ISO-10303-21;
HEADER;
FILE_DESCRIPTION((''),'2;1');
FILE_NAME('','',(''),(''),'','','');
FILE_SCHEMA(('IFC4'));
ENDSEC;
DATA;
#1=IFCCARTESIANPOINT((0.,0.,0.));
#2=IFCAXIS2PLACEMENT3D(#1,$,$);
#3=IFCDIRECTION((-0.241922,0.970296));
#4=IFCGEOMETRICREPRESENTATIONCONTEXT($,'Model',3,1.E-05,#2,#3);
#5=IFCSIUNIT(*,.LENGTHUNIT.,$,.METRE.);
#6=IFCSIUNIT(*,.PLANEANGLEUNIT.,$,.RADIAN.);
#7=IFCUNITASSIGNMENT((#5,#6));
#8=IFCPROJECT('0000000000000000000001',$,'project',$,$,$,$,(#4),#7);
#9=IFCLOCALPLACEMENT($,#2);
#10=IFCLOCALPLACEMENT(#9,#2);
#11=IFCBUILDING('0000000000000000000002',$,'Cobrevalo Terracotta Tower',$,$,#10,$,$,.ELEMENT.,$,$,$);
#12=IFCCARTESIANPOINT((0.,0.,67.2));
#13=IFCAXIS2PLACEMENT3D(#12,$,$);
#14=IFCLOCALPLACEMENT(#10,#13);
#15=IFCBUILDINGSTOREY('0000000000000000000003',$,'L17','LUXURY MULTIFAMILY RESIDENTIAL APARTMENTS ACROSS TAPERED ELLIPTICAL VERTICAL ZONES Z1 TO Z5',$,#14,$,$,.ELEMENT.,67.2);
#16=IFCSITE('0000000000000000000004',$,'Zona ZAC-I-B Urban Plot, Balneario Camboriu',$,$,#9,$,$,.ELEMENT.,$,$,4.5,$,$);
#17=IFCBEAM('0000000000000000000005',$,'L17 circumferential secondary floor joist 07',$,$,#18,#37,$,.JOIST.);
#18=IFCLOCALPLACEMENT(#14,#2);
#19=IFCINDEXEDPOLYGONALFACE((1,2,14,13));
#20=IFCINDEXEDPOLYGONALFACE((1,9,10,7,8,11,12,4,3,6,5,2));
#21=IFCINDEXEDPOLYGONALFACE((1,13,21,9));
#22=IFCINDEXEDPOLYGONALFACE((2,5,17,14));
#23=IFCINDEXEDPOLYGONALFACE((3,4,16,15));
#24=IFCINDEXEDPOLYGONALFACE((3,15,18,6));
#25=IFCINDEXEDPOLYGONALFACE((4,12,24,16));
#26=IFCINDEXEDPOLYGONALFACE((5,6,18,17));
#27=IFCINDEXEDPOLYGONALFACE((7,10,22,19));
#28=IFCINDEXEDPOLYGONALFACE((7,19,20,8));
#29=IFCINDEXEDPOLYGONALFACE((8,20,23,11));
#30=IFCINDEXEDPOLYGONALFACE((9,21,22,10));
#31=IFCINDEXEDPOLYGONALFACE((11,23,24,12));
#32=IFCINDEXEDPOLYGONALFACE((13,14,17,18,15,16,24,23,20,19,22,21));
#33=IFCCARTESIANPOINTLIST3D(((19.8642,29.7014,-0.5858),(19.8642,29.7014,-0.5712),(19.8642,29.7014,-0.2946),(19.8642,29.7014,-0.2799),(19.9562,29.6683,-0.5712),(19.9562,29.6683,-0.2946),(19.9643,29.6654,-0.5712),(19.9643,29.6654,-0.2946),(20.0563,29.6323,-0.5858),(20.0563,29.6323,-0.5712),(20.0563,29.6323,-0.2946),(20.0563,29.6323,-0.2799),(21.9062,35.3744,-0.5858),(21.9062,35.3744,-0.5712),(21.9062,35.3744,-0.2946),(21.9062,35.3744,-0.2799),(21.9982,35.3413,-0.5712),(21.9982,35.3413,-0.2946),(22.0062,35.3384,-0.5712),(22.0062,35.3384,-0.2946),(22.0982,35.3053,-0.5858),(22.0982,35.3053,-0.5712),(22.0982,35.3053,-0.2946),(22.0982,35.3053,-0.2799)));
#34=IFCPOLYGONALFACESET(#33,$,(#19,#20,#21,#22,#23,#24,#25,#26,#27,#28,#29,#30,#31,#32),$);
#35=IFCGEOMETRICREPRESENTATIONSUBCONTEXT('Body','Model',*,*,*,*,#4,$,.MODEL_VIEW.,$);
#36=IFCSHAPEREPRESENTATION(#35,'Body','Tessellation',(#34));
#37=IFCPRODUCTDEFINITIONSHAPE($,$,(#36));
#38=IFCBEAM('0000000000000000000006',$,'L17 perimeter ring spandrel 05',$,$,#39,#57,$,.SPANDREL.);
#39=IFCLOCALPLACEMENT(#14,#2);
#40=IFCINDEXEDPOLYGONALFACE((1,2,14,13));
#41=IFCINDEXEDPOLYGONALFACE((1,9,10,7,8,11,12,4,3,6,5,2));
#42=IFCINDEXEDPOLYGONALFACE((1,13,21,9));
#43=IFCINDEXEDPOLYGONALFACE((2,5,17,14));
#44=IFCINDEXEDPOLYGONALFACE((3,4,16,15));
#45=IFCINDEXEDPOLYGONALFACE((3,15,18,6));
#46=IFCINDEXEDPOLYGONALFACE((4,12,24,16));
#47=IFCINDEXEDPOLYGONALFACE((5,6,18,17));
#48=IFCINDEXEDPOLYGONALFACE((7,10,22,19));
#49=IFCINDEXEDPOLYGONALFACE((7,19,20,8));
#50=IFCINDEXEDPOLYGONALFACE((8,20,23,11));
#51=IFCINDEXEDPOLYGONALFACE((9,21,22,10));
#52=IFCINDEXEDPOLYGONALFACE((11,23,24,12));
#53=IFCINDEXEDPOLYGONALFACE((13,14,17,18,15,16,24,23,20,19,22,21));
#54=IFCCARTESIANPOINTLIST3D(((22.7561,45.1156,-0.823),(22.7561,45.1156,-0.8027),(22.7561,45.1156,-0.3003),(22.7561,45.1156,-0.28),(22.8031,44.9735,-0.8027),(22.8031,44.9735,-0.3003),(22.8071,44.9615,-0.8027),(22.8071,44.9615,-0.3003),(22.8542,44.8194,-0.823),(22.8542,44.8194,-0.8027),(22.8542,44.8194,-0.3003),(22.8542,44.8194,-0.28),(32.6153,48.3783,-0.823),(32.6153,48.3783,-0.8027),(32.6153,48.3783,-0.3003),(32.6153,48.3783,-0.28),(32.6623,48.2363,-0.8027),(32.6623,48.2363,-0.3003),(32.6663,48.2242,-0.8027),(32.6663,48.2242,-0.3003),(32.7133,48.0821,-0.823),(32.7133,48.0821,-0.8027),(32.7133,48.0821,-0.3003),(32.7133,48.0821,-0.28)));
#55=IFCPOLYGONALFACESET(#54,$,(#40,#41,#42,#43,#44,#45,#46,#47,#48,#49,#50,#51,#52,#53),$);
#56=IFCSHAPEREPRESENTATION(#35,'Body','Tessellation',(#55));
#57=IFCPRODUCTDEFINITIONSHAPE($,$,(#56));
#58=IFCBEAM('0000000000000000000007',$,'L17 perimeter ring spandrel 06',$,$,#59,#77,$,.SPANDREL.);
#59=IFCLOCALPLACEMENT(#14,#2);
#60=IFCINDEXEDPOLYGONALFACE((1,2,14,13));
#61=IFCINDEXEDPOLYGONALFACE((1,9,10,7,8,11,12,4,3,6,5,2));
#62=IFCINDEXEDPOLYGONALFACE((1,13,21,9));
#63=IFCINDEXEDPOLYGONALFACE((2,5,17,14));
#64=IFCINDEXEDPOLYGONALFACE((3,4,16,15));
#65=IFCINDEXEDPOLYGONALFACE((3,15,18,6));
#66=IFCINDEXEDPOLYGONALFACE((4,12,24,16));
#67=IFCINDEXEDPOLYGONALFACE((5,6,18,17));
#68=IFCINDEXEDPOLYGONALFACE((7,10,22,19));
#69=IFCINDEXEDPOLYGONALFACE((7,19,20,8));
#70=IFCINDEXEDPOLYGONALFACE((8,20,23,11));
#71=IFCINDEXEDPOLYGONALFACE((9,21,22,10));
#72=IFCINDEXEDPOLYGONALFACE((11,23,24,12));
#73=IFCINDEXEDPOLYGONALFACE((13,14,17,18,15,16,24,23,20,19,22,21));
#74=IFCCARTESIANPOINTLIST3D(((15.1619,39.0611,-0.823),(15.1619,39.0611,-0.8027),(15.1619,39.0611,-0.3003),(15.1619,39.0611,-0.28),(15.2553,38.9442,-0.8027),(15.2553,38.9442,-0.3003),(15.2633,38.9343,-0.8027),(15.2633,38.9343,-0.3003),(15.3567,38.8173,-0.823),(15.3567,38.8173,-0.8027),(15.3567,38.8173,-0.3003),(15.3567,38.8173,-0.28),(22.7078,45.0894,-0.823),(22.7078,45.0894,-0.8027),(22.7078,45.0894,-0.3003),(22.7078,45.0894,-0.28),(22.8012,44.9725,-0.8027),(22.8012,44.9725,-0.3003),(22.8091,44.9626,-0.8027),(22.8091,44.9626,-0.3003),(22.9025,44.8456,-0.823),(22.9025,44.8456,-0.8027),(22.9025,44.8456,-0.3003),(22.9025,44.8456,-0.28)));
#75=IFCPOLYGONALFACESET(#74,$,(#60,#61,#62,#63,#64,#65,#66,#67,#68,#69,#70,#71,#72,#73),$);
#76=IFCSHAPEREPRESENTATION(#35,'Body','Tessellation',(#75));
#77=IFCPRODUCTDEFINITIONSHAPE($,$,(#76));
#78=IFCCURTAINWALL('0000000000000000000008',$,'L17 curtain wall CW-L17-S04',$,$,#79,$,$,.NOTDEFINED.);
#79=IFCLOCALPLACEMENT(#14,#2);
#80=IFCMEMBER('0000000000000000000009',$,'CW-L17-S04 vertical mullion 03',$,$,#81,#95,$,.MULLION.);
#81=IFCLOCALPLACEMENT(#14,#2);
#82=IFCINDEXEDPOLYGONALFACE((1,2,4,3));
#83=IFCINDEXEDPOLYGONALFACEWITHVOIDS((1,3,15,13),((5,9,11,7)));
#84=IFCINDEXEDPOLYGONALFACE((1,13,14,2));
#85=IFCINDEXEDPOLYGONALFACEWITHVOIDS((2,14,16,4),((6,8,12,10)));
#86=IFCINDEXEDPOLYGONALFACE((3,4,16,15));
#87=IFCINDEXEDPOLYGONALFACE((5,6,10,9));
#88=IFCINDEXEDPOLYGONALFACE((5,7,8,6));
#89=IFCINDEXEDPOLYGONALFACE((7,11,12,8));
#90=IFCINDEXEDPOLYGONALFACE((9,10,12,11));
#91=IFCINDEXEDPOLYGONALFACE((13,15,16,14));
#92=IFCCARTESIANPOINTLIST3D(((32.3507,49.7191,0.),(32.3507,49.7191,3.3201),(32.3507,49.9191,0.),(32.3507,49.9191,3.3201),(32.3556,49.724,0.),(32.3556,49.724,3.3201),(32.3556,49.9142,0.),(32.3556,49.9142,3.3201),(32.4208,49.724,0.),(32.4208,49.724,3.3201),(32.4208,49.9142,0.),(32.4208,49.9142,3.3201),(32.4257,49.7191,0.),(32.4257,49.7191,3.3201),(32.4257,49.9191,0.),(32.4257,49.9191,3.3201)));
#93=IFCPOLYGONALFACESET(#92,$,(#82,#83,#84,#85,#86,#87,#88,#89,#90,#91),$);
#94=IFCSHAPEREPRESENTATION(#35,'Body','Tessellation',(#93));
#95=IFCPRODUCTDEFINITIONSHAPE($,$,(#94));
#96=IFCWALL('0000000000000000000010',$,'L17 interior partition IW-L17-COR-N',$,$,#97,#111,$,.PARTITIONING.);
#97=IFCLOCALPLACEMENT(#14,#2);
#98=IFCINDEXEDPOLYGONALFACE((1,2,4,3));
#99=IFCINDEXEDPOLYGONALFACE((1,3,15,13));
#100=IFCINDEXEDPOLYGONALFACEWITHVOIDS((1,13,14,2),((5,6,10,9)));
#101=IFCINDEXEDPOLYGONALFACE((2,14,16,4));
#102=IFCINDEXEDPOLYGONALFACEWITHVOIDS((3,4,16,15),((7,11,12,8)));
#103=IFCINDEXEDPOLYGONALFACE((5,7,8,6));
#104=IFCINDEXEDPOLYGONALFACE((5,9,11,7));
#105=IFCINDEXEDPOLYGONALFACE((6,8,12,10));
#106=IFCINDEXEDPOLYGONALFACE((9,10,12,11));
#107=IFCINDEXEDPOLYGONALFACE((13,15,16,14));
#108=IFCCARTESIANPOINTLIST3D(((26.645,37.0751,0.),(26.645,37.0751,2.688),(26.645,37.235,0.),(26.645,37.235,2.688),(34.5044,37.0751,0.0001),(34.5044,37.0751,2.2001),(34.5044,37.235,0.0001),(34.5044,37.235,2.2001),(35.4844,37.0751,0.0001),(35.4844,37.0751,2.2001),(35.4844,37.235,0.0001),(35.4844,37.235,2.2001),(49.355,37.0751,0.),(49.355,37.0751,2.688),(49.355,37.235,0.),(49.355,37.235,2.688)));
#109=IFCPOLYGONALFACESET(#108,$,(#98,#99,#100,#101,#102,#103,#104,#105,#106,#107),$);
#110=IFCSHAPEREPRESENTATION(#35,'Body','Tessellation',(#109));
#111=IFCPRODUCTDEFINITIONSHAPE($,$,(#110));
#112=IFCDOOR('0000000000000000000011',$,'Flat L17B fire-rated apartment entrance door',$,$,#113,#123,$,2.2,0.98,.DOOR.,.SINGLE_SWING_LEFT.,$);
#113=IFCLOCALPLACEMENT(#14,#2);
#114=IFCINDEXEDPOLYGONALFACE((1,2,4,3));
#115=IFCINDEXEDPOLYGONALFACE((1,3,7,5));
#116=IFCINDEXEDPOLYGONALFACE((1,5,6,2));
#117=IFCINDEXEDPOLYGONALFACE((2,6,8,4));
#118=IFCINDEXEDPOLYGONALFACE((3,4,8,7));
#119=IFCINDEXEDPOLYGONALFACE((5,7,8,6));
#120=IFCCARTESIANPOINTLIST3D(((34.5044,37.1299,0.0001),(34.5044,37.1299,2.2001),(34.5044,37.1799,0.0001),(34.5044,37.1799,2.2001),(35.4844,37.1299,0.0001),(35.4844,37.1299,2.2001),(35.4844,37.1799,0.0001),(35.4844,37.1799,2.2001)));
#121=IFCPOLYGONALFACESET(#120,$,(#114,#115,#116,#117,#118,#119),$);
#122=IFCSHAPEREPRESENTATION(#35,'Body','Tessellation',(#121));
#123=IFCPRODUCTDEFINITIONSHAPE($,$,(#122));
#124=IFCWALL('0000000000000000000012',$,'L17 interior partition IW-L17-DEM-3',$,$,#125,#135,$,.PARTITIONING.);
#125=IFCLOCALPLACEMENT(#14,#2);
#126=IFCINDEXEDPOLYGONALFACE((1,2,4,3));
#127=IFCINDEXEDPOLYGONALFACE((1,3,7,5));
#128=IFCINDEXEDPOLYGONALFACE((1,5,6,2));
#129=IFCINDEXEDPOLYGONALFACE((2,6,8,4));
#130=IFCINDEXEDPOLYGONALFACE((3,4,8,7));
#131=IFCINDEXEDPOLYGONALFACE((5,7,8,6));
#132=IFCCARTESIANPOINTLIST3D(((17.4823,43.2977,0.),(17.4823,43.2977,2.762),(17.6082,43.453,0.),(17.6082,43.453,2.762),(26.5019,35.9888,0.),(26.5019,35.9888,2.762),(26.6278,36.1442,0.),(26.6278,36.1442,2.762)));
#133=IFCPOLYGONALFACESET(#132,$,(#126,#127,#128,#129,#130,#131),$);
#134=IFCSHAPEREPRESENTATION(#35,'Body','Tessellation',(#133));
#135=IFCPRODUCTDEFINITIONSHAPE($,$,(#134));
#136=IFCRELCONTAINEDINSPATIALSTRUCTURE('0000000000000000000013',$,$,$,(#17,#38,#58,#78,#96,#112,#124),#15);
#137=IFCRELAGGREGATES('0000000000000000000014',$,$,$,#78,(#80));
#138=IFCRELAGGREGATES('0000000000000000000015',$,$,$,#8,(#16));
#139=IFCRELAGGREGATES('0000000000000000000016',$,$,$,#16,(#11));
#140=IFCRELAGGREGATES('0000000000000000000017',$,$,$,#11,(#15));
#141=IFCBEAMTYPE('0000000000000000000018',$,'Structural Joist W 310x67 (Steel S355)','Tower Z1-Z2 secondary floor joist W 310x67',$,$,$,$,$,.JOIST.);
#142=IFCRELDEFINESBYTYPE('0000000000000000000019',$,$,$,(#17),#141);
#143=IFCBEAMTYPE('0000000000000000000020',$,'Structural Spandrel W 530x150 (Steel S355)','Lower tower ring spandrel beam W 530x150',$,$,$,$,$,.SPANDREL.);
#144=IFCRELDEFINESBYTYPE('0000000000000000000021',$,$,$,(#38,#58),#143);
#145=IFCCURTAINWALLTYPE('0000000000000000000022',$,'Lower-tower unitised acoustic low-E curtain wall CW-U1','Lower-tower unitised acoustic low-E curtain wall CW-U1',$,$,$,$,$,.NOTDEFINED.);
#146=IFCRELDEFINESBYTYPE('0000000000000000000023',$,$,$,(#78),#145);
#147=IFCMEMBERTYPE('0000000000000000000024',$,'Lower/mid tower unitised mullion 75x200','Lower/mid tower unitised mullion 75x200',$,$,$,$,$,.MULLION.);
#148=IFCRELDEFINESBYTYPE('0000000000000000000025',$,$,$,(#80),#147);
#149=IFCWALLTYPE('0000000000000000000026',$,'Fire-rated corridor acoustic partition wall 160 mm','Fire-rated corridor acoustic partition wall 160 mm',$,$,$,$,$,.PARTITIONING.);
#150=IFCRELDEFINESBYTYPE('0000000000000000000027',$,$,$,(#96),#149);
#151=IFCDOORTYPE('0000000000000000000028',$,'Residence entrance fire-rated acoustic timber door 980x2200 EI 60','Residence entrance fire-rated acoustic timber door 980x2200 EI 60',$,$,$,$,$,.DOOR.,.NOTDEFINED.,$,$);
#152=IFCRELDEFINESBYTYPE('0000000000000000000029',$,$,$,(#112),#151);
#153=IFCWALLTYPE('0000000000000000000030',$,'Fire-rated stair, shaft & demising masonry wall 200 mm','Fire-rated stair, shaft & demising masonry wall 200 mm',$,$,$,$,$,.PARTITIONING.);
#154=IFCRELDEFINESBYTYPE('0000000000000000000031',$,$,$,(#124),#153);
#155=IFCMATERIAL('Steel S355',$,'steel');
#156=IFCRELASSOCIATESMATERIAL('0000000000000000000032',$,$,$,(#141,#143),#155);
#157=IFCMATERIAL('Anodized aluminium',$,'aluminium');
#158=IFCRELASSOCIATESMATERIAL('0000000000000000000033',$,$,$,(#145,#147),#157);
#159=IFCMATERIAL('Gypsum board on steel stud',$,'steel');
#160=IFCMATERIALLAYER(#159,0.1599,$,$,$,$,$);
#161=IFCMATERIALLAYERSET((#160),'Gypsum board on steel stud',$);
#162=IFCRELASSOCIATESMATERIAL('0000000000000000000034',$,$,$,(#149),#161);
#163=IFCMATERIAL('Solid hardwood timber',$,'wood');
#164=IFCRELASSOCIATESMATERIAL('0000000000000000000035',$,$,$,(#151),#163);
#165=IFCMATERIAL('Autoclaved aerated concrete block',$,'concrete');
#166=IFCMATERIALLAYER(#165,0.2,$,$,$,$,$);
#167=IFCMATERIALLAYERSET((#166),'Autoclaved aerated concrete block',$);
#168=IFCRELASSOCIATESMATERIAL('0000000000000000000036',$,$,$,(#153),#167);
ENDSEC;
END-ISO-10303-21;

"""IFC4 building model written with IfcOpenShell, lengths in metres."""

from ifc_helpers import new_model, si_unit, direction, frame, frame_2d, origin, origin_2d, place, context, subcontext, project, spatial, rectangle, hollow_rectangle, i_section, extrude, source, transform, mapped, material, layer, layer_set, material_profile, profile_set, type_object, element, fill, aggregate, save


model = new_model("IFC4")

# Units and contexts
model_context = context("Model", 3, precision=1e-05, world=origin(), true_north=direction((-0.241922, 0.970296)))
body_context = subcontext(model_context, "Body", "Model", "MODEL_VIEW")
ifc_project = project(units=[si_unit("LENGTHUNIT", "METRE"), si_unit("PLANEANGLEUNIT", "RADIAN")], contexts=[model_context])

# Site, building, storey
site_placement = place(None, origin())
site = spatial("IfcSite", under=ifc_project, at=site_placement, Name="Zona ZAC-I-B Urban Plot, Balneario Camboriu", CompositionType="ELEMENT", RefElevation=4.5)
building_placement = place(site_placement, origin())
building = spatial("IfcBuilding", under=site, at=building_placement, Name="Cobrevalo Terracotta Tower", CompositionType="ELEMENT")
storey_placement = place(building_placement, frame((0.0, 0.0, 67.2)))
storey = spatial("IfcBuildingStorey", under=building, at=storey_placement, Name="L17", Description="LUXURY MULTIFAMILY RESIDENTIAL APARTMENTS ACROSS TAPERED ELLIPTICAL VERTICAL ZONES Z1 TO Z5", CompositionType="ELEMENT", Elevation=67.2)

# Shared definitions
ifc_material_1 = material(Name="Steel S355", Category="steel")

# Beams
ifc_material_profile_1 = material_profile(ifc_material_1, i_section(OverallWidth=0.2041, OverallDepth=0.3059, WebThickness=0.0085, FlangeThickness=0.0146, at=origin_2d()), Name="W 310x67")
ifc_profile_set_1 = profile_set([ifc_material_profile_1], Name="Steel S355")
beam_type_1 = type_object("IfcBeamType", Name="Structural Joist W 310x67 (Steel S355)", Description="Tower Z1-Z2 secondary floor joist W 310x67", PredefinedType="JOIST", material=ifc_profile_set_1)
beam_1_placement = place(storey_placement, frame((22.0022, 35.3398, -0.4329), z_axis=(-0.338672, -0.940904, 0.0), x_axis=(0.940904, -0.338672, 0.0)))
element("IfcBeam", 1, at=beam_1_placement, inside=storey, type_object=beam_type_1, Name="L17 circumferential secondary floor joist 07", PredefinedType="JOIST", context=body_context, shape_type="SweptSolid", body=[
    extrude(i_section(OverallWidth=0.2041, OverallDepth=0.3059, WebThickness=0.0085, FlangeThickness=0.0146, at=origin_2d()), origin(), (0.0, 0.0, 1.0), 6.0293),
])
ifc_material_profile_2 = material_profile(ifc_material_1, i_section(OverallWidth=0.312, OverallDepth=0.543, WebThickness=0.0127, FlangeThickness=0.0203, at=origin_2d()), Name="W 530x150")
ifc_profile_set_2 = profile_set([ifc_material_profile_2], Name="Steel S355")
beam_type_2 = type_object("IfcBeamType", Name="Structural Spandrel W 530x150 (Steel S355)", Description="Lower tower ring spandrel beam W 530x150", PredefinedType="SPANDREL", material=ifc_profile_set_2)
beam_2_placement = place(storey_placement, frame((32.6643, 48.2302, -0.5515), z_axis=(-0.949365, -0.314175, 0.0), x_axis=(0.314175, -0.949365, 0.0)))
element("IfcBeam", 2, at=beam_2_placement, inside=storey, type_object=beam_type_2, Name="L17 perimeter ring spandrel 05", PredefinedType="SPANDREL", context=body_context, shape_type="SweptSolid", body=[
    extrude(i_section(OverallWidth=0.312, OverallDepth=0.543, WebThickness=0.0127, FlangeThickness=0.0203, at=origin_2d()), origin(), (0.0, 0.0, 1.0), 10.385),
])
beam_3_placement = place(storey_placement, frame((22.8052, 44.9675, -0.5515), z_axis=(-0.781293, -0.624165, 0.0), x_axis=(0.624165, -0.781293, 0.0)))
element("IfcBeam", 3, at=beam_3_placement, inside=storey, type_object=beam_type_2, Name="L17 perimeter ring spandrel 06", PredefinedType="SPANDREL", context=body_context, shape_type="SweptSolid", body=[
    extrude(i_section(OverallWidth=0.312, OverallDepth=0.543, WebThickness=0.0127, FlangeThickness=0.0203, at=origin_2d()), origin(), (0.0, 0.0, 1.0), 9.6582),
])

# Curtain wall, member
ifc_material_2 = material(Name="Anodized aluminium", Category="aluminium")
curtain_wall_type = type_object("IfcCurtainWallType", Name="Lower-tower unitised acoustic low-E curtain wall CW-U1", Description="Lower-tower unitised acoustic low-E curtain wall CW-U1", PredefinedType="NOTDEFINED", material=ifc_material_2)
curtain_wall_placement = place(storey_placement, origin())
curtain_wall = element("IfcCurtainWall", 4, at=curtain_wall_placement, inside=storey, type_object=curtain_wall_type, Name="L17 curtain wall CW-L17-S04", PredefinedType="NOTDEFINED")
ifc_material_profile_3 = material_profile(ifc_material_2, hollow_rectangle(XDim=0.075, YDim=0.2, WallThickness=0.0049, at=origin_2d()), Name="CWM 75x200")
ifc_profile_set_3 = profile_set([ifc_material_profile_3], Name="Anodized aluminium")
member_type = type_object("IfcMemberType", Name="Lower/mid tower unitised mullion 75x200", Description="Lower/mid tower unitised mullion 75x200", PredefinedType="MULLION", material=ifc_profile_set_3)
shared_shape_1 = source(origin(), body_context, "Body", "SweptSolid", [
    extrude(hollow_rectangle(XDim=0.075, YDim=0.2, WallThickness=0.0049, at=origin_2d()), origin(), (0.0, 0.0, 1.0), 3.3201),
])
member_placement = place(storey_placement, frame((32.3882, 49.8191, 0.0), z_axis=(0.0, 0.0, 1.0), x_axis=(-1.0, 0.0, 0.0)))
member = element("IfcMember", 5, at=member_placement, type_object=member_type, Name="CW-L17-S04 vertical mullion 03", PredefinedType="MULLION", context=body_context, shape_type="MappedRepresentation", body=[
    mapped(shared_shape_1, transform((0.0, 0.0, 0.0), scale=1.0)),
])
aggregate(curtain_wall, [member])

# Wall, opening, door
ifc_material_3 = material(Name="Gypsum board on steel stud", Category="steel")
ifc_layer_1 = layer(ifc_material_3, 0.1599)
ifc_layer_set_1 = layer_set([ifc_layer_1], Name="Gypsum board on steel stud")
wall_type_1 = type_object("IfcWallType", Name="Fire-rated corridor acoustic partition wall 160 mm", Description="Fire-rated corridor acoustic partition wall 160 mm", PredefinedType="PARTITIONING", material=ifc_layer_set_1)
wall_1_placement = place(storey_placement, frame((26.645, 37.155, 0.0), z_axis=(0.0, 0.0, 1.0), x_axis=(1.0, 0.0, 0.0)))
wall_1 = element("IfcWall", 6, at=wall_1_placement, inside=storey, type_object=wall_type_1, Name="L17 interior partition IW-L17-COR-N", PredefinedType="PARTITIONING", context=body_context, shape_type="SweptSolid", body=[
    extrude(rectangle(XDim=22.71, YDim=0.1599, at=frame_2d((11.355, 0.0))), origin(), (0.0, 0.0, 1.0), 2.688),
])
opening_1_placement = place(wall_1_placement, frame((7.8594, 0.0, 0.0)))
opening_1 = element("IfcOpeningElement", 7, at=opening_1_placement, cuts=wall_1, PredefinedType="OPENING", context=body_context, shape_type="SweptSolid", body=[
    extrude(rectangle(XDim=0.98, YDim=2.2, at=frame_2d((0.49, 1.1001))), frame((0.0, 0.0898, 0.0), z_axis=(0.0, -1.0, 0.0), x_axis=(1.0, 0.0, 0.0)), (0.0, 0.0, 1.0), 0.1799),
])
ifc_material_4 = material(Name="Solid hardwood timber", Category="wood")
door_type_1 = type_object("IfcDoorType", Name="Residence entrance fire-rated acoustic timber door 980x2200 EI 60", Description="Residence entrance fire-rated acoustic timber door 980x2200 EI 60", OperationType="NOTDEFINED", PredefinedType="DOOR", material=ifc_material_4)
shared_shape_2 = source(origin(), body_context, "Body", "SweptSolid", [
    extrude(rectangle(XDim=0.98, YDim=2.2, at=frame_2d((0.49, 1.1001))), frame((0.0, 0.0249, 0.0), z_axis=(0.0, -1.0, 0.0), x_axis=(1.0, 0.0, 0.0)), (0.0, 0.0, 1.0), 0.05),
])
door_1_placement = place(opening_1_placement, origin())
door_1 = element("IfcDoor", 8, at=door_1_placement, inside=storey, type_object=door_type_1, Name="Flat L17B fire-rated apartment entrance door", OperationType="SINGLE_SWING_LEFT", OverallHeight=2.2, OverallWidth=0.98, PredefinedType="DOOR", context=body_context, shape_type="MappedRepresentation", body=[
    mapped(shared_shape_2, transform((0.0, 0.0, 0.0), scale=1.0)),
])
fill(opening_1, door_1)

# Wall
ifc_material_5 = material(Name="Autoclaved aerated concrete block", Category="concrete")
ifc_layer_2 = layer(ifc_material_5, 0.2)
ifc_layer_set_2 = layer_set([ifc_layer_2], Name="Autoclaved aerated concrete block")
wall_type_2 = type_object("IfcWallType", Name="Fire-rated stair, shaft & demising masonry wall 200 mm", Description="Fire-rated stair, shaft & demising masonry wall 200 mm", PredefinedType="PARTITIONING", material=ifc_layer_set_2)
wall_2_placement = place(storey_placement, frame((26.5649, 36.0664, 0.0), z_axis=(0.0, 0.0, 1.0), x_axis=(-0.776937, 0.629579, 0.0)))
element("IfcWall", 9, at=wall_2_placement, inside=storey, type_object=wall_type_2, Name="L17 interior partition IW-L17-DEM-3", PredefinedType="PARTITIONING", context=body_context, shape_type="SweptSolid", body=[
    extrude(rectangle(XDim=11.6091, YDim=0.2, at=frame_2d((5.8047, 0.0))), origin(), (0.0, 0.0, 1.0), 2.762),
])

save(model, "model.ifc")
